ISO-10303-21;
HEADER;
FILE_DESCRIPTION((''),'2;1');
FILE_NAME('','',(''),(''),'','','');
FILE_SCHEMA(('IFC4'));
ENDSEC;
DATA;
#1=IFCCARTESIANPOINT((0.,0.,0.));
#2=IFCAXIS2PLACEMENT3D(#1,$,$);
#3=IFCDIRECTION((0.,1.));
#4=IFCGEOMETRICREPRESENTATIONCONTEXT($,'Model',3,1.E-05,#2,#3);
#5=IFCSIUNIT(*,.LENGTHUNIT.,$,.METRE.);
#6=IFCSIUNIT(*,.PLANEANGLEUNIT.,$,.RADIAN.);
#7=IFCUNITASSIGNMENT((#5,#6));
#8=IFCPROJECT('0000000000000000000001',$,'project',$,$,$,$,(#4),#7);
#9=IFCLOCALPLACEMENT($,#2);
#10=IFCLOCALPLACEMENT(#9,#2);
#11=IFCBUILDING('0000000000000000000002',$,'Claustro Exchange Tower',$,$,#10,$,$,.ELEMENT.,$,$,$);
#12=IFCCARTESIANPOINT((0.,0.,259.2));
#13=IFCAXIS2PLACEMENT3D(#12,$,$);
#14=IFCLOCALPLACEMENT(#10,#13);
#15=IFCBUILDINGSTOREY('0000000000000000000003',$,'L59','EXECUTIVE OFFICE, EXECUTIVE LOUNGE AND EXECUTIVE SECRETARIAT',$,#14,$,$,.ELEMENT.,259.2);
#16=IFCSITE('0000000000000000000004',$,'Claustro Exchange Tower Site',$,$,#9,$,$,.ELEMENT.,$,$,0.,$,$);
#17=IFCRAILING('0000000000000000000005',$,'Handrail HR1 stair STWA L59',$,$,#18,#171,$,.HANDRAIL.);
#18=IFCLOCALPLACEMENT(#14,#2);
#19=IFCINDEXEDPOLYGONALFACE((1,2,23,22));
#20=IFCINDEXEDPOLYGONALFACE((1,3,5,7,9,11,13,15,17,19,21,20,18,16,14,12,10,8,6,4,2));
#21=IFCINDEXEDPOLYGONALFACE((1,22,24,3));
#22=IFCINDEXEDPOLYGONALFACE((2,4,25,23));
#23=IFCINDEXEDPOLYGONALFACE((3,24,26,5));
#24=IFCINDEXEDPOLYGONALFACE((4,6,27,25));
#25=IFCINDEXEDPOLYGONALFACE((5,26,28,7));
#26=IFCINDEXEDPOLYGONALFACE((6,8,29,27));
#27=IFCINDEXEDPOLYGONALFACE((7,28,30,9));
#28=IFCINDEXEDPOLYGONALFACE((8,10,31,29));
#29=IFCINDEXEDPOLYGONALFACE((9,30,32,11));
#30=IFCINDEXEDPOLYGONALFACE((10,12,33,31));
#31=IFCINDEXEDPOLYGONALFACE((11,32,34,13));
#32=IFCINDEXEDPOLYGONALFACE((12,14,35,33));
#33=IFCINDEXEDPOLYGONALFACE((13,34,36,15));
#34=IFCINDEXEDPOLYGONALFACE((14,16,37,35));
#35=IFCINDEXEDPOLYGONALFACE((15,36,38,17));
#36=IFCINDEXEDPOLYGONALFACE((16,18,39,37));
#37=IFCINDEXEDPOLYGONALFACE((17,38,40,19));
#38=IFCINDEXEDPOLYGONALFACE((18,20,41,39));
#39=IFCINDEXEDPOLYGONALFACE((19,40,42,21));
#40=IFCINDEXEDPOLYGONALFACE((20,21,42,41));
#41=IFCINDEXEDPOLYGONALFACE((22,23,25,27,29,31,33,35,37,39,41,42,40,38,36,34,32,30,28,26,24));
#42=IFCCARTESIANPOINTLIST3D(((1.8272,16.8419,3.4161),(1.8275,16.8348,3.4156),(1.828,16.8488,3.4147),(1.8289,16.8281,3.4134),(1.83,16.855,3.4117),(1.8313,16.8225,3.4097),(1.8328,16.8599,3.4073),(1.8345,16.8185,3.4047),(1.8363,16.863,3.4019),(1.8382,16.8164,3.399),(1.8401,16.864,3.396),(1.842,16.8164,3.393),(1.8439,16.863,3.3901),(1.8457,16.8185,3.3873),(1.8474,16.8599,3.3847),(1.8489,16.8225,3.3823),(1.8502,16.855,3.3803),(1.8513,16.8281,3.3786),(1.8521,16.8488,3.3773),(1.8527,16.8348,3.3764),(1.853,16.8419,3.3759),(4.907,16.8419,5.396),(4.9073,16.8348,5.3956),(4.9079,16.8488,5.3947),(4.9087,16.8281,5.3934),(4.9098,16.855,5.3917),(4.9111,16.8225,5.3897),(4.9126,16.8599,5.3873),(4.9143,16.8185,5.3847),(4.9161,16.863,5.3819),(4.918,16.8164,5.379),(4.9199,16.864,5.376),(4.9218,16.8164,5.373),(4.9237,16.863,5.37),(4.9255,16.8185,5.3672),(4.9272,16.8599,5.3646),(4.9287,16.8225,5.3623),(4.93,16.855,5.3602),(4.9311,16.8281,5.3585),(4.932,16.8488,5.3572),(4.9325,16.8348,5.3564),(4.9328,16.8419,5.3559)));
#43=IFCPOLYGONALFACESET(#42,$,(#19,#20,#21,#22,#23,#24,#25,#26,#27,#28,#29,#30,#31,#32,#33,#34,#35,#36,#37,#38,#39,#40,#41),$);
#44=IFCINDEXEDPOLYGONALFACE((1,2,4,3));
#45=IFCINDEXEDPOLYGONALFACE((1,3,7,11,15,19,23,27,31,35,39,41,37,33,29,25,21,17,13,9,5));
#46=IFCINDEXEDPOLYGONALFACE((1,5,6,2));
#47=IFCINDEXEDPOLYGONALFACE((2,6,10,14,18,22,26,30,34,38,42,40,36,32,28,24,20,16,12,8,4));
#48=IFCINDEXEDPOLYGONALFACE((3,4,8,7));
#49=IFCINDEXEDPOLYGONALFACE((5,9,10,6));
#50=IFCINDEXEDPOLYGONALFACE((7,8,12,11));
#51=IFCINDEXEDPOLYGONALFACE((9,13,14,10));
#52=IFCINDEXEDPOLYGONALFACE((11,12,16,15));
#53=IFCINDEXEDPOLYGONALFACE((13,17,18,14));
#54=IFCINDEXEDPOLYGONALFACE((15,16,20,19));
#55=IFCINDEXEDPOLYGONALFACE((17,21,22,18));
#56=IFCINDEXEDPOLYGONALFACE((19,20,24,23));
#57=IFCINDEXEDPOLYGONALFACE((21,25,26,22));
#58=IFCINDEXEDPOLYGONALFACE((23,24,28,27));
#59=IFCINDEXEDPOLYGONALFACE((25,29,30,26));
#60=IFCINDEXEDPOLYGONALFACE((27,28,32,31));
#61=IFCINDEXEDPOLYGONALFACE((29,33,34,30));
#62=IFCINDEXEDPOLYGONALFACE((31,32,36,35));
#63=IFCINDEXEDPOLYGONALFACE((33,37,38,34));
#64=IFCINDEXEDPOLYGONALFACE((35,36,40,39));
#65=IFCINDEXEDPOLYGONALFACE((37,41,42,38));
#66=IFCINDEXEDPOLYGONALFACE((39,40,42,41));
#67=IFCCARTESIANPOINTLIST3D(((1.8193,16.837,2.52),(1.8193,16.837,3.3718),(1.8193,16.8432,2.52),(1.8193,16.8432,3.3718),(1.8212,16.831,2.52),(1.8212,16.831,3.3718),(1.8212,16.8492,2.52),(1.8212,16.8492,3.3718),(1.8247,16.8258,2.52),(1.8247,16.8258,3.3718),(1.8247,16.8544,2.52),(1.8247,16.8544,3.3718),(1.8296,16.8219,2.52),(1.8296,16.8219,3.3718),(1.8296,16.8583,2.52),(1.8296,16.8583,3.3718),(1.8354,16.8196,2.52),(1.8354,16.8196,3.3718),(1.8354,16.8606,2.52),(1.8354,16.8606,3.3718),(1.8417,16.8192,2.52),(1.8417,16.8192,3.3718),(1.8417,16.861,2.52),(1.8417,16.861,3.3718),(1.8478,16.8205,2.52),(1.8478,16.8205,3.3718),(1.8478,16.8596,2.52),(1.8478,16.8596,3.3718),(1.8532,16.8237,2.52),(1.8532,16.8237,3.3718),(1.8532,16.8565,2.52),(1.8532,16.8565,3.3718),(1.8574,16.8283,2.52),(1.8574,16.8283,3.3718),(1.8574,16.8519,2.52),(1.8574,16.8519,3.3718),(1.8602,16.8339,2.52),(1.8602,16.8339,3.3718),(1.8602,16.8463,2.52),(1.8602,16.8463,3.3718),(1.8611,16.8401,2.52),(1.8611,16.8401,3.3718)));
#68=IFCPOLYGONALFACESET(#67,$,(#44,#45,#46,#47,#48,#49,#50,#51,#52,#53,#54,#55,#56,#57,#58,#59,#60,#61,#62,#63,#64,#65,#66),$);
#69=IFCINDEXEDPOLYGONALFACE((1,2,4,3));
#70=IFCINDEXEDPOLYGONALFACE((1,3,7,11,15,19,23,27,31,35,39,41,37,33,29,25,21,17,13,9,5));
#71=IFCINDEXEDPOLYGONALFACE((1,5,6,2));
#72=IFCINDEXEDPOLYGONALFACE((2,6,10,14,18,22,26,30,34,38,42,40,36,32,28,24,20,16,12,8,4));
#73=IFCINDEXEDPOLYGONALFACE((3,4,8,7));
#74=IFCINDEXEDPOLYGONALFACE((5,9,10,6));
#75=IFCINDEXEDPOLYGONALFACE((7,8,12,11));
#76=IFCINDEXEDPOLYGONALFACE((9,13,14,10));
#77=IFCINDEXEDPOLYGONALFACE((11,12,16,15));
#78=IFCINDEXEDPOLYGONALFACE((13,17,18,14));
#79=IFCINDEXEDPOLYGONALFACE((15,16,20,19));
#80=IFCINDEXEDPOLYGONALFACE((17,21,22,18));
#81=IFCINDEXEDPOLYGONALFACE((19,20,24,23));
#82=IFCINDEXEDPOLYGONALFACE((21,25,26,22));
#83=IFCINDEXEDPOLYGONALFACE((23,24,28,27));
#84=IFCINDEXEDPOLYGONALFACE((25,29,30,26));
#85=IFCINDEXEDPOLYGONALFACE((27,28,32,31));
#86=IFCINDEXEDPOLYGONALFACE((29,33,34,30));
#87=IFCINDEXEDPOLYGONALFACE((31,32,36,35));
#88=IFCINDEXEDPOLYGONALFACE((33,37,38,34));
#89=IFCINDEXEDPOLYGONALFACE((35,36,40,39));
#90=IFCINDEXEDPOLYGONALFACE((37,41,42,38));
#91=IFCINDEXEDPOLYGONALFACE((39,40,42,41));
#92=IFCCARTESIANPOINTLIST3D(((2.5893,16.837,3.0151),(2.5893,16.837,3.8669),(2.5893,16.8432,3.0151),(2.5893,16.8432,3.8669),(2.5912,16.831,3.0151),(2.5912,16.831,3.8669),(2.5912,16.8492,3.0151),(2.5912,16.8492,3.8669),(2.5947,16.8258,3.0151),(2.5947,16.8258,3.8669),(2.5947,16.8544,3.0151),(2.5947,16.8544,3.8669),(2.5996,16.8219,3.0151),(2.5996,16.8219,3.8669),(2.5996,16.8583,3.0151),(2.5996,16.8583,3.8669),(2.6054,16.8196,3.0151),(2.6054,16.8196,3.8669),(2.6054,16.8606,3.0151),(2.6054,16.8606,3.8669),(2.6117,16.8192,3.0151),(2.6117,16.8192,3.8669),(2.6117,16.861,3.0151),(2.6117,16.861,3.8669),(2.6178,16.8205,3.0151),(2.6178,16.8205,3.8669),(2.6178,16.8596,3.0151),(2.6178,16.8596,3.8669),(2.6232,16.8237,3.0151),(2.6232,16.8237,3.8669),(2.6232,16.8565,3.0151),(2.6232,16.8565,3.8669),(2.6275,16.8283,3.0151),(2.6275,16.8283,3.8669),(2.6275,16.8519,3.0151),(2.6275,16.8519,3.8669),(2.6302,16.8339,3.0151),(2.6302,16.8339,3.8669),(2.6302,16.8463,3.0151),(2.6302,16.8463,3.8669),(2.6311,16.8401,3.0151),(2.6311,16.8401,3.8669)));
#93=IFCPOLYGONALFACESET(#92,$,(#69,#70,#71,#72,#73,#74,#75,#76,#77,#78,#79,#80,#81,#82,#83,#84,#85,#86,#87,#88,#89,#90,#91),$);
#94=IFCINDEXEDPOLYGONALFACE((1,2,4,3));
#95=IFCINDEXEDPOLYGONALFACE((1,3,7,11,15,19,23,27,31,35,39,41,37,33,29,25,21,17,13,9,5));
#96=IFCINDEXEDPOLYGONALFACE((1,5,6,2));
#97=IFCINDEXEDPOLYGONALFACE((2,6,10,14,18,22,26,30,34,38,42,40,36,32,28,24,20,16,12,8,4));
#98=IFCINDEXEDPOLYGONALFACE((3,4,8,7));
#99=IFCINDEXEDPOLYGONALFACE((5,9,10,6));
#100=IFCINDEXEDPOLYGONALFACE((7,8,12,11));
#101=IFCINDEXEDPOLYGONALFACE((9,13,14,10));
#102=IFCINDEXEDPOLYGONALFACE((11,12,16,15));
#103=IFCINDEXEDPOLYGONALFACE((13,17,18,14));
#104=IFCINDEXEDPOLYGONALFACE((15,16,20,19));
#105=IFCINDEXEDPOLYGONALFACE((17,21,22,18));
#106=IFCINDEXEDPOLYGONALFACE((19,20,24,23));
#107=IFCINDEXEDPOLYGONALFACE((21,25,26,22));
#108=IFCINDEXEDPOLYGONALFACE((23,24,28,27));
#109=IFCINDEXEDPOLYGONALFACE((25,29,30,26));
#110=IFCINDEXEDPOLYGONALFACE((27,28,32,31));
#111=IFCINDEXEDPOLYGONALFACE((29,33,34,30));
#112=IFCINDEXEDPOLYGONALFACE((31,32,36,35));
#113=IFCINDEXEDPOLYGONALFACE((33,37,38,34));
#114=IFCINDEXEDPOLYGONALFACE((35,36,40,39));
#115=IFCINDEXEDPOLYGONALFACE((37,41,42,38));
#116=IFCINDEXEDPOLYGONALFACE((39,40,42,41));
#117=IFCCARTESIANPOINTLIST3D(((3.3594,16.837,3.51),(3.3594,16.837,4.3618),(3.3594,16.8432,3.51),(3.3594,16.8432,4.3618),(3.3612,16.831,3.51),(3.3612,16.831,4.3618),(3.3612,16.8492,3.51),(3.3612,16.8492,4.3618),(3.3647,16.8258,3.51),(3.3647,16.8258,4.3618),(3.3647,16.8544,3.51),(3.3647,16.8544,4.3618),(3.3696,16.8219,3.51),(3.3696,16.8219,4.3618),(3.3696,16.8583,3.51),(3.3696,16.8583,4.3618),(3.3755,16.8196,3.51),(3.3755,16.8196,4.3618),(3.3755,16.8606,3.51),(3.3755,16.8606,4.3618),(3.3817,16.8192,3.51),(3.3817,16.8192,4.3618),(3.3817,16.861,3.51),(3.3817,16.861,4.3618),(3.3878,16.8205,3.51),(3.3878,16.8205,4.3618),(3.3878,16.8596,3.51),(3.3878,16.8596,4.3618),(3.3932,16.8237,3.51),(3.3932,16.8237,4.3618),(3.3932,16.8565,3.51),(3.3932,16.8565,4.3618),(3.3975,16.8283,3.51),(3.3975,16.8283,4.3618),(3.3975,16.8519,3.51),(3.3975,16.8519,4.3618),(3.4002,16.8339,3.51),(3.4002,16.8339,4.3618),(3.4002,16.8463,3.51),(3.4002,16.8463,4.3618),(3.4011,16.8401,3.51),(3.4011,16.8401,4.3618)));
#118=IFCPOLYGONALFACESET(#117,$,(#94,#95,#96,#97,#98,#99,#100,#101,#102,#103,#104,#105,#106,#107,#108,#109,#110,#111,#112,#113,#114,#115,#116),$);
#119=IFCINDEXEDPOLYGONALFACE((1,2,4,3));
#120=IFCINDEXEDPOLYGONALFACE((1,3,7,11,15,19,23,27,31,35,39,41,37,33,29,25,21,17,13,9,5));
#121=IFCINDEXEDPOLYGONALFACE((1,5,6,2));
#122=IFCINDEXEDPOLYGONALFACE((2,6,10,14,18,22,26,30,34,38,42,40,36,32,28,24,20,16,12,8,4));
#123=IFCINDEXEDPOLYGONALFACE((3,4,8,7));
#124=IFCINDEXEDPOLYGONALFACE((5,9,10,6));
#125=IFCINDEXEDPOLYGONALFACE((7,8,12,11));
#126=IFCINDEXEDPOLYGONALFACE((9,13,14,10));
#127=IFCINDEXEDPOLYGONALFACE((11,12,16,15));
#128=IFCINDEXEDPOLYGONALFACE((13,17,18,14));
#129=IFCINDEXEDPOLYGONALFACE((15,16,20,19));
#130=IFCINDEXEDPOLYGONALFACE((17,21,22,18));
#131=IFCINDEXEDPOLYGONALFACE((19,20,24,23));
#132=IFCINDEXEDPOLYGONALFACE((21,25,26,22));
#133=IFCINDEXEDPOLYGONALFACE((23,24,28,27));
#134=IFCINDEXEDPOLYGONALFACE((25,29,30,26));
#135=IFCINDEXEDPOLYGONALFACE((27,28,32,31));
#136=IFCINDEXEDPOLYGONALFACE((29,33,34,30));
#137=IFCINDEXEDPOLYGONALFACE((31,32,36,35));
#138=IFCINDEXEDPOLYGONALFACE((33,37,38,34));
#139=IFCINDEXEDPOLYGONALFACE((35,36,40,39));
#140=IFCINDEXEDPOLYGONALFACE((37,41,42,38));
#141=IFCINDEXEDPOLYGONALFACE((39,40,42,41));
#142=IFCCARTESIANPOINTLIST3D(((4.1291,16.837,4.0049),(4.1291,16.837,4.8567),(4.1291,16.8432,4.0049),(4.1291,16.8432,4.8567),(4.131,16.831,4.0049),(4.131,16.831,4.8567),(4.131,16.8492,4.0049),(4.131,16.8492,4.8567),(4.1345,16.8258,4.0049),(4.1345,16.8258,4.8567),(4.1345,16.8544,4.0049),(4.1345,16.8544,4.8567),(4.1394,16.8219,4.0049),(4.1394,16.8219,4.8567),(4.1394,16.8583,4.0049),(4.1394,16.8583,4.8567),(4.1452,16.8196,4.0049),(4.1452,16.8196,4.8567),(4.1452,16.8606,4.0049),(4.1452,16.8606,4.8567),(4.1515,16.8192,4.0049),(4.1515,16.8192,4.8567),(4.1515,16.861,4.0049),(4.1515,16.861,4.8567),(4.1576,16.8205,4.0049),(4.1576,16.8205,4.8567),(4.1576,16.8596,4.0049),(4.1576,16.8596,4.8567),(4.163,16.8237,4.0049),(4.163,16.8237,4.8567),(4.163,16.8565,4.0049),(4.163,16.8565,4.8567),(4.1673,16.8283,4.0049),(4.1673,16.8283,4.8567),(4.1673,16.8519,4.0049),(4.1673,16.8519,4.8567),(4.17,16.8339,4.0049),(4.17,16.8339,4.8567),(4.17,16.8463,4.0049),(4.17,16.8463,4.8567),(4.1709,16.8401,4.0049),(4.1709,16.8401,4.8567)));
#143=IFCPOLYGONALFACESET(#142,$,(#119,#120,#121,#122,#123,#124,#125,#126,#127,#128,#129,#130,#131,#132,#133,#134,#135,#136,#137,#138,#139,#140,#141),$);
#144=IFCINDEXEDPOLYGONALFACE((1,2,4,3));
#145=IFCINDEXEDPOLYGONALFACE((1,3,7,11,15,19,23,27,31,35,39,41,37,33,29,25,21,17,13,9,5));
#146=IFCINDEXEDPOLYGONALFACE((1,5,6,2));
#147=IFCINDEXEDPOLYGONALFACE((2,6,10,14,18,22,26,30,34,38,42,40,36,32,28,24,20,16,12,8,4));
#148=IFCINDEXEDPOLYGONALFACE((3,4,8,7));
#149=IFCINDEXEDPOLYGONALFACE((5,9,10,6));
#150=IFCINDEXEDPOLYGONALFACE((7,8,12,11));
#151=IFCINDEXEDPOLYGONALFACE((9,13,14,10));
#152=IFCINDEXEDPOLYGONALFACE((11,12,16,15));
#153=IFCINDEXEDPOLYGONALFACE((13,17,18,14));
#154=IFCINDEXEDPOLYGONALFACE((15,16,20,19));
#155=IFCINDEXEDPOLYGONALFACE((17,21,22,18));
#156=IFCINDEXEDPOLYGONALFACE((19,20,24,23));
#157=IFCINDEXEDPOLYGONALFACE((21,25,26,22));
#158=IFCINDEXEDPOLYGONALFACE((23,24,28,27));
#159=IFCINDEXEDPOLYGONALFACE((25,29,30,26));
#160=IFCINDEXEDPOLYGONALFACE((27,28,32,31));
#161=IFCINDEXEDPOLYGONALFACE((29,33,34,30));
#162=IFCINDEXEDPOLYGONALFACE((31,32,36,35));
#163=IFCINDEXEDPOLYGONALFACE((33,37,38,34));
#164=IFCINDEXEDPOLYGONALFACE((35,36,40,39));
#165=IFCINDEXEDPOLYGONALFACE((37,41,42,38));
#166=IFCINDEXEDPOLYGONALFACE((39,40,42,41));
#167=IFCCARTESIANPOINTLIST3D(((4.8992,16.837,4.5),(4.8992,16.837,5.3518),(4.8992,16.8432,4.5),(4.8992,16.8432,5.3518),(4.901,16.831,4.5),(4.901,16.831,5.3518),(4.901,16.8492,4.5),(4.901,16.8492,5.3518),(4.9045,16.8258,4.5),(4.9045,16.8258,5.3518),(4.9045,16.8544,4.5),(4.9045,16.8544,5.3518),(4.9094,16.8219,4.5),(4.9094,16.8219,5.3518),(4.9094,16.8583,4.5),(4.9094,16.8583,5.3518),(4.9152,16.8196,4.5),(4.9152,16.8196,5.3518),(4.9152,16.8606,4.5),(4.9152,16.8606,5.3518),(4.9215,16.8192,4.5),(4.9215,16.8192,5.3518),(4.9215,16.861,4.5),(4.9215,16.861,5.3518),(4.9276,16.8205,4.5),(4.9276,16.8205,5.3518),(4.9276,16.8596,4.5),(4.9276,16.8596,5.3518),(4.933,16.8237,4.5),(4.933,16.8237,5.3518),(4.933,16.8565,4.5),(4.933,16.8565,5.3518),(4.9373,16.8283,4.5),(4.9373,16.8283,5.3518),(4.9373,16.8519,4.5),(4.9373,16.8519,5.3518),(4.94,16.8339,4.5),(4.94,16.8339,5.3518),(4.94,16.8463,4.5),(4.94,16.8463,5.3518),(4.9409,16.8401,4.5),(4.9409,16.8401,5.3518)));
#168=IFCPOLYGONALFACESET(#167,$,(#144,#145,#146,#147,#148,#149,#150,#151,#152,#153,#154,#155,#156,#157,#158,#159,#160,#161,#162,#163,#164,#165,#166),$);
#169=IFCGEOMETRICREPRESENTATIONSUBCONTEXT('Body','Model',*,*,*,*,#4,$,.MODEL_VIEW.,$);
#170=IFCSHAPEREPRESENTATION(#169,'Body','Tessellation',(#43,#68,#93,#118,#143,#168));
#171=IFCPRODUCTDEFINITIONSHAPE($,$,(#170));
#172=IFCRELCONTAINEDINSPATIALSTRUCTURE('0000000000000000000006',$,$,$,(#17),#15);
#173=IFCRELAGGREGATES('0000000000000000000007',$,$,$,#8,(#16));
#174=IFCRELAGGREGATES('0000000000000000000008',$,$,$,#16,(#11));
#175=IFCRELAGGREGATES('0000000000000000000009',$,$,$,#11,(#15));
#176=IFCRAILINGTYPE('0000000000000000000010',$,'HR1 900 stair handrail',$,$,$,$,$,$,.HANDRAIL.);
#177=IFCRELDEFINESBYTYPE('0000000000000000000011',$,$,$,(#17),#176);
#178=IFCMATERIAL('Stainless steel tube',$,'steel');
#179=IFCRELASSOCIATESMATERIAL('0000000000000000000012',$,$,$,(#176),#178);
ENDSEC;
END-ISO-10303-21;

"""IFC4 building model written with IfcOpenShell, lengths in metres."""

from ifc_helpers import new_model, si_unit, direction, frame, origin, origin_2d, place, context, subcontext, project, spatial, circle, extrude, material, type_object, element, save


model = new_model("IFC4")

# Units and contexts
model_context = context("Model", 3, precision=1e-05, world=origin(), true_north=direction((0.0, 1.0)))
body_context = subcontext(model_context, "Body", "Model", "MODEL_VIEW")
ifc_project = project(units=[si_unit("LENGTHUNIT", "METRE"), si_unit("PLANEANGLEUNIT", "RADIAN")], contexts=[model_context])

# Site, building, storey
site_placement = place(None, origin())
site = spatial("IfcSite", under=ifc_project, at=site_placement, Name="Claustro Exchange Tower Site", CompositionType="ELEMENT", RefElevation=0.0)
building_placement = place(site_placement, origin())
building = spatial("IfcBuilding", under=site, at=building_placement, Name="Claustro Exchange Tower", CompositionType="ELEMENT")
storey_placement = place(building_placement, frame((0.0, 0.0, 259.2)))
storey = spatial("IfcBuildingStorey", under=building, at=storey_placement, Name="L59", Description="EXECUTIVE OFFICE, EXECUTIVE LOUNGE AND EXECUTIVE SECRETARIAT", CompositionType="ELEMENT", Elevation=259.2)

# Railing
ifc_material_1 = material(Name="Stainless steel tube", Category="steel")
railing_type_1 = type_object("IfcRailingType", Name="HR1 900 stair handrail", PredefinedType="HANDRAIL", material=ifc_material_1)
railing_1_placement = place(storey_placement, frame((1.8401, 16.8401, 2.52)))
element("IfcRailing", 1, at=railing_1_placement, inside=storey, type_object=railing_type_1, Name="Handrail HR1 stair STWA L59", PredefinedType="HANDRAIL", context=body_context, shape_type="SweptSolid", body=[
    extrude(circle(Radius=0.0239, at=origin_2d()), frame((0.0, 0.0, 0.876), z_axis=(0.841168, 0.0, 0.540774), x_axis=(0.0, 1.0, 0.0)), (0.0, 0.0, 1.0), 3.6614),
    extrude(circle(Radius=0.021, at=origin_2d()), origin(), (0.0, 0.0, 1.0), 0.8518),
    extrude(circle(Radius=0.021, at=origin_2d()), frame((0.77, 0.0, 0.4951)), (0.0, 0.0, 1.0), 0.8518),
    extrude(circle(Radius=0.021, at=origin_2d()), frame((1.54, 0.0, 0.99)), (0.0, 0.0, 1.0), 0.8518),
    extrude(circle(Radius=0.021, at=origin_2d()), frame((2.3098, 0.0, 1.4849)), (0.0, 0.0, 1.0), 0.8518),
    extrude(circle(Radius=0.021, at=origin_2d()), frame((3.0798, 0.0, 1.98)), (0.0, 0.0, 1.0), 0.8518),
])

save(model, "model.ifc")
